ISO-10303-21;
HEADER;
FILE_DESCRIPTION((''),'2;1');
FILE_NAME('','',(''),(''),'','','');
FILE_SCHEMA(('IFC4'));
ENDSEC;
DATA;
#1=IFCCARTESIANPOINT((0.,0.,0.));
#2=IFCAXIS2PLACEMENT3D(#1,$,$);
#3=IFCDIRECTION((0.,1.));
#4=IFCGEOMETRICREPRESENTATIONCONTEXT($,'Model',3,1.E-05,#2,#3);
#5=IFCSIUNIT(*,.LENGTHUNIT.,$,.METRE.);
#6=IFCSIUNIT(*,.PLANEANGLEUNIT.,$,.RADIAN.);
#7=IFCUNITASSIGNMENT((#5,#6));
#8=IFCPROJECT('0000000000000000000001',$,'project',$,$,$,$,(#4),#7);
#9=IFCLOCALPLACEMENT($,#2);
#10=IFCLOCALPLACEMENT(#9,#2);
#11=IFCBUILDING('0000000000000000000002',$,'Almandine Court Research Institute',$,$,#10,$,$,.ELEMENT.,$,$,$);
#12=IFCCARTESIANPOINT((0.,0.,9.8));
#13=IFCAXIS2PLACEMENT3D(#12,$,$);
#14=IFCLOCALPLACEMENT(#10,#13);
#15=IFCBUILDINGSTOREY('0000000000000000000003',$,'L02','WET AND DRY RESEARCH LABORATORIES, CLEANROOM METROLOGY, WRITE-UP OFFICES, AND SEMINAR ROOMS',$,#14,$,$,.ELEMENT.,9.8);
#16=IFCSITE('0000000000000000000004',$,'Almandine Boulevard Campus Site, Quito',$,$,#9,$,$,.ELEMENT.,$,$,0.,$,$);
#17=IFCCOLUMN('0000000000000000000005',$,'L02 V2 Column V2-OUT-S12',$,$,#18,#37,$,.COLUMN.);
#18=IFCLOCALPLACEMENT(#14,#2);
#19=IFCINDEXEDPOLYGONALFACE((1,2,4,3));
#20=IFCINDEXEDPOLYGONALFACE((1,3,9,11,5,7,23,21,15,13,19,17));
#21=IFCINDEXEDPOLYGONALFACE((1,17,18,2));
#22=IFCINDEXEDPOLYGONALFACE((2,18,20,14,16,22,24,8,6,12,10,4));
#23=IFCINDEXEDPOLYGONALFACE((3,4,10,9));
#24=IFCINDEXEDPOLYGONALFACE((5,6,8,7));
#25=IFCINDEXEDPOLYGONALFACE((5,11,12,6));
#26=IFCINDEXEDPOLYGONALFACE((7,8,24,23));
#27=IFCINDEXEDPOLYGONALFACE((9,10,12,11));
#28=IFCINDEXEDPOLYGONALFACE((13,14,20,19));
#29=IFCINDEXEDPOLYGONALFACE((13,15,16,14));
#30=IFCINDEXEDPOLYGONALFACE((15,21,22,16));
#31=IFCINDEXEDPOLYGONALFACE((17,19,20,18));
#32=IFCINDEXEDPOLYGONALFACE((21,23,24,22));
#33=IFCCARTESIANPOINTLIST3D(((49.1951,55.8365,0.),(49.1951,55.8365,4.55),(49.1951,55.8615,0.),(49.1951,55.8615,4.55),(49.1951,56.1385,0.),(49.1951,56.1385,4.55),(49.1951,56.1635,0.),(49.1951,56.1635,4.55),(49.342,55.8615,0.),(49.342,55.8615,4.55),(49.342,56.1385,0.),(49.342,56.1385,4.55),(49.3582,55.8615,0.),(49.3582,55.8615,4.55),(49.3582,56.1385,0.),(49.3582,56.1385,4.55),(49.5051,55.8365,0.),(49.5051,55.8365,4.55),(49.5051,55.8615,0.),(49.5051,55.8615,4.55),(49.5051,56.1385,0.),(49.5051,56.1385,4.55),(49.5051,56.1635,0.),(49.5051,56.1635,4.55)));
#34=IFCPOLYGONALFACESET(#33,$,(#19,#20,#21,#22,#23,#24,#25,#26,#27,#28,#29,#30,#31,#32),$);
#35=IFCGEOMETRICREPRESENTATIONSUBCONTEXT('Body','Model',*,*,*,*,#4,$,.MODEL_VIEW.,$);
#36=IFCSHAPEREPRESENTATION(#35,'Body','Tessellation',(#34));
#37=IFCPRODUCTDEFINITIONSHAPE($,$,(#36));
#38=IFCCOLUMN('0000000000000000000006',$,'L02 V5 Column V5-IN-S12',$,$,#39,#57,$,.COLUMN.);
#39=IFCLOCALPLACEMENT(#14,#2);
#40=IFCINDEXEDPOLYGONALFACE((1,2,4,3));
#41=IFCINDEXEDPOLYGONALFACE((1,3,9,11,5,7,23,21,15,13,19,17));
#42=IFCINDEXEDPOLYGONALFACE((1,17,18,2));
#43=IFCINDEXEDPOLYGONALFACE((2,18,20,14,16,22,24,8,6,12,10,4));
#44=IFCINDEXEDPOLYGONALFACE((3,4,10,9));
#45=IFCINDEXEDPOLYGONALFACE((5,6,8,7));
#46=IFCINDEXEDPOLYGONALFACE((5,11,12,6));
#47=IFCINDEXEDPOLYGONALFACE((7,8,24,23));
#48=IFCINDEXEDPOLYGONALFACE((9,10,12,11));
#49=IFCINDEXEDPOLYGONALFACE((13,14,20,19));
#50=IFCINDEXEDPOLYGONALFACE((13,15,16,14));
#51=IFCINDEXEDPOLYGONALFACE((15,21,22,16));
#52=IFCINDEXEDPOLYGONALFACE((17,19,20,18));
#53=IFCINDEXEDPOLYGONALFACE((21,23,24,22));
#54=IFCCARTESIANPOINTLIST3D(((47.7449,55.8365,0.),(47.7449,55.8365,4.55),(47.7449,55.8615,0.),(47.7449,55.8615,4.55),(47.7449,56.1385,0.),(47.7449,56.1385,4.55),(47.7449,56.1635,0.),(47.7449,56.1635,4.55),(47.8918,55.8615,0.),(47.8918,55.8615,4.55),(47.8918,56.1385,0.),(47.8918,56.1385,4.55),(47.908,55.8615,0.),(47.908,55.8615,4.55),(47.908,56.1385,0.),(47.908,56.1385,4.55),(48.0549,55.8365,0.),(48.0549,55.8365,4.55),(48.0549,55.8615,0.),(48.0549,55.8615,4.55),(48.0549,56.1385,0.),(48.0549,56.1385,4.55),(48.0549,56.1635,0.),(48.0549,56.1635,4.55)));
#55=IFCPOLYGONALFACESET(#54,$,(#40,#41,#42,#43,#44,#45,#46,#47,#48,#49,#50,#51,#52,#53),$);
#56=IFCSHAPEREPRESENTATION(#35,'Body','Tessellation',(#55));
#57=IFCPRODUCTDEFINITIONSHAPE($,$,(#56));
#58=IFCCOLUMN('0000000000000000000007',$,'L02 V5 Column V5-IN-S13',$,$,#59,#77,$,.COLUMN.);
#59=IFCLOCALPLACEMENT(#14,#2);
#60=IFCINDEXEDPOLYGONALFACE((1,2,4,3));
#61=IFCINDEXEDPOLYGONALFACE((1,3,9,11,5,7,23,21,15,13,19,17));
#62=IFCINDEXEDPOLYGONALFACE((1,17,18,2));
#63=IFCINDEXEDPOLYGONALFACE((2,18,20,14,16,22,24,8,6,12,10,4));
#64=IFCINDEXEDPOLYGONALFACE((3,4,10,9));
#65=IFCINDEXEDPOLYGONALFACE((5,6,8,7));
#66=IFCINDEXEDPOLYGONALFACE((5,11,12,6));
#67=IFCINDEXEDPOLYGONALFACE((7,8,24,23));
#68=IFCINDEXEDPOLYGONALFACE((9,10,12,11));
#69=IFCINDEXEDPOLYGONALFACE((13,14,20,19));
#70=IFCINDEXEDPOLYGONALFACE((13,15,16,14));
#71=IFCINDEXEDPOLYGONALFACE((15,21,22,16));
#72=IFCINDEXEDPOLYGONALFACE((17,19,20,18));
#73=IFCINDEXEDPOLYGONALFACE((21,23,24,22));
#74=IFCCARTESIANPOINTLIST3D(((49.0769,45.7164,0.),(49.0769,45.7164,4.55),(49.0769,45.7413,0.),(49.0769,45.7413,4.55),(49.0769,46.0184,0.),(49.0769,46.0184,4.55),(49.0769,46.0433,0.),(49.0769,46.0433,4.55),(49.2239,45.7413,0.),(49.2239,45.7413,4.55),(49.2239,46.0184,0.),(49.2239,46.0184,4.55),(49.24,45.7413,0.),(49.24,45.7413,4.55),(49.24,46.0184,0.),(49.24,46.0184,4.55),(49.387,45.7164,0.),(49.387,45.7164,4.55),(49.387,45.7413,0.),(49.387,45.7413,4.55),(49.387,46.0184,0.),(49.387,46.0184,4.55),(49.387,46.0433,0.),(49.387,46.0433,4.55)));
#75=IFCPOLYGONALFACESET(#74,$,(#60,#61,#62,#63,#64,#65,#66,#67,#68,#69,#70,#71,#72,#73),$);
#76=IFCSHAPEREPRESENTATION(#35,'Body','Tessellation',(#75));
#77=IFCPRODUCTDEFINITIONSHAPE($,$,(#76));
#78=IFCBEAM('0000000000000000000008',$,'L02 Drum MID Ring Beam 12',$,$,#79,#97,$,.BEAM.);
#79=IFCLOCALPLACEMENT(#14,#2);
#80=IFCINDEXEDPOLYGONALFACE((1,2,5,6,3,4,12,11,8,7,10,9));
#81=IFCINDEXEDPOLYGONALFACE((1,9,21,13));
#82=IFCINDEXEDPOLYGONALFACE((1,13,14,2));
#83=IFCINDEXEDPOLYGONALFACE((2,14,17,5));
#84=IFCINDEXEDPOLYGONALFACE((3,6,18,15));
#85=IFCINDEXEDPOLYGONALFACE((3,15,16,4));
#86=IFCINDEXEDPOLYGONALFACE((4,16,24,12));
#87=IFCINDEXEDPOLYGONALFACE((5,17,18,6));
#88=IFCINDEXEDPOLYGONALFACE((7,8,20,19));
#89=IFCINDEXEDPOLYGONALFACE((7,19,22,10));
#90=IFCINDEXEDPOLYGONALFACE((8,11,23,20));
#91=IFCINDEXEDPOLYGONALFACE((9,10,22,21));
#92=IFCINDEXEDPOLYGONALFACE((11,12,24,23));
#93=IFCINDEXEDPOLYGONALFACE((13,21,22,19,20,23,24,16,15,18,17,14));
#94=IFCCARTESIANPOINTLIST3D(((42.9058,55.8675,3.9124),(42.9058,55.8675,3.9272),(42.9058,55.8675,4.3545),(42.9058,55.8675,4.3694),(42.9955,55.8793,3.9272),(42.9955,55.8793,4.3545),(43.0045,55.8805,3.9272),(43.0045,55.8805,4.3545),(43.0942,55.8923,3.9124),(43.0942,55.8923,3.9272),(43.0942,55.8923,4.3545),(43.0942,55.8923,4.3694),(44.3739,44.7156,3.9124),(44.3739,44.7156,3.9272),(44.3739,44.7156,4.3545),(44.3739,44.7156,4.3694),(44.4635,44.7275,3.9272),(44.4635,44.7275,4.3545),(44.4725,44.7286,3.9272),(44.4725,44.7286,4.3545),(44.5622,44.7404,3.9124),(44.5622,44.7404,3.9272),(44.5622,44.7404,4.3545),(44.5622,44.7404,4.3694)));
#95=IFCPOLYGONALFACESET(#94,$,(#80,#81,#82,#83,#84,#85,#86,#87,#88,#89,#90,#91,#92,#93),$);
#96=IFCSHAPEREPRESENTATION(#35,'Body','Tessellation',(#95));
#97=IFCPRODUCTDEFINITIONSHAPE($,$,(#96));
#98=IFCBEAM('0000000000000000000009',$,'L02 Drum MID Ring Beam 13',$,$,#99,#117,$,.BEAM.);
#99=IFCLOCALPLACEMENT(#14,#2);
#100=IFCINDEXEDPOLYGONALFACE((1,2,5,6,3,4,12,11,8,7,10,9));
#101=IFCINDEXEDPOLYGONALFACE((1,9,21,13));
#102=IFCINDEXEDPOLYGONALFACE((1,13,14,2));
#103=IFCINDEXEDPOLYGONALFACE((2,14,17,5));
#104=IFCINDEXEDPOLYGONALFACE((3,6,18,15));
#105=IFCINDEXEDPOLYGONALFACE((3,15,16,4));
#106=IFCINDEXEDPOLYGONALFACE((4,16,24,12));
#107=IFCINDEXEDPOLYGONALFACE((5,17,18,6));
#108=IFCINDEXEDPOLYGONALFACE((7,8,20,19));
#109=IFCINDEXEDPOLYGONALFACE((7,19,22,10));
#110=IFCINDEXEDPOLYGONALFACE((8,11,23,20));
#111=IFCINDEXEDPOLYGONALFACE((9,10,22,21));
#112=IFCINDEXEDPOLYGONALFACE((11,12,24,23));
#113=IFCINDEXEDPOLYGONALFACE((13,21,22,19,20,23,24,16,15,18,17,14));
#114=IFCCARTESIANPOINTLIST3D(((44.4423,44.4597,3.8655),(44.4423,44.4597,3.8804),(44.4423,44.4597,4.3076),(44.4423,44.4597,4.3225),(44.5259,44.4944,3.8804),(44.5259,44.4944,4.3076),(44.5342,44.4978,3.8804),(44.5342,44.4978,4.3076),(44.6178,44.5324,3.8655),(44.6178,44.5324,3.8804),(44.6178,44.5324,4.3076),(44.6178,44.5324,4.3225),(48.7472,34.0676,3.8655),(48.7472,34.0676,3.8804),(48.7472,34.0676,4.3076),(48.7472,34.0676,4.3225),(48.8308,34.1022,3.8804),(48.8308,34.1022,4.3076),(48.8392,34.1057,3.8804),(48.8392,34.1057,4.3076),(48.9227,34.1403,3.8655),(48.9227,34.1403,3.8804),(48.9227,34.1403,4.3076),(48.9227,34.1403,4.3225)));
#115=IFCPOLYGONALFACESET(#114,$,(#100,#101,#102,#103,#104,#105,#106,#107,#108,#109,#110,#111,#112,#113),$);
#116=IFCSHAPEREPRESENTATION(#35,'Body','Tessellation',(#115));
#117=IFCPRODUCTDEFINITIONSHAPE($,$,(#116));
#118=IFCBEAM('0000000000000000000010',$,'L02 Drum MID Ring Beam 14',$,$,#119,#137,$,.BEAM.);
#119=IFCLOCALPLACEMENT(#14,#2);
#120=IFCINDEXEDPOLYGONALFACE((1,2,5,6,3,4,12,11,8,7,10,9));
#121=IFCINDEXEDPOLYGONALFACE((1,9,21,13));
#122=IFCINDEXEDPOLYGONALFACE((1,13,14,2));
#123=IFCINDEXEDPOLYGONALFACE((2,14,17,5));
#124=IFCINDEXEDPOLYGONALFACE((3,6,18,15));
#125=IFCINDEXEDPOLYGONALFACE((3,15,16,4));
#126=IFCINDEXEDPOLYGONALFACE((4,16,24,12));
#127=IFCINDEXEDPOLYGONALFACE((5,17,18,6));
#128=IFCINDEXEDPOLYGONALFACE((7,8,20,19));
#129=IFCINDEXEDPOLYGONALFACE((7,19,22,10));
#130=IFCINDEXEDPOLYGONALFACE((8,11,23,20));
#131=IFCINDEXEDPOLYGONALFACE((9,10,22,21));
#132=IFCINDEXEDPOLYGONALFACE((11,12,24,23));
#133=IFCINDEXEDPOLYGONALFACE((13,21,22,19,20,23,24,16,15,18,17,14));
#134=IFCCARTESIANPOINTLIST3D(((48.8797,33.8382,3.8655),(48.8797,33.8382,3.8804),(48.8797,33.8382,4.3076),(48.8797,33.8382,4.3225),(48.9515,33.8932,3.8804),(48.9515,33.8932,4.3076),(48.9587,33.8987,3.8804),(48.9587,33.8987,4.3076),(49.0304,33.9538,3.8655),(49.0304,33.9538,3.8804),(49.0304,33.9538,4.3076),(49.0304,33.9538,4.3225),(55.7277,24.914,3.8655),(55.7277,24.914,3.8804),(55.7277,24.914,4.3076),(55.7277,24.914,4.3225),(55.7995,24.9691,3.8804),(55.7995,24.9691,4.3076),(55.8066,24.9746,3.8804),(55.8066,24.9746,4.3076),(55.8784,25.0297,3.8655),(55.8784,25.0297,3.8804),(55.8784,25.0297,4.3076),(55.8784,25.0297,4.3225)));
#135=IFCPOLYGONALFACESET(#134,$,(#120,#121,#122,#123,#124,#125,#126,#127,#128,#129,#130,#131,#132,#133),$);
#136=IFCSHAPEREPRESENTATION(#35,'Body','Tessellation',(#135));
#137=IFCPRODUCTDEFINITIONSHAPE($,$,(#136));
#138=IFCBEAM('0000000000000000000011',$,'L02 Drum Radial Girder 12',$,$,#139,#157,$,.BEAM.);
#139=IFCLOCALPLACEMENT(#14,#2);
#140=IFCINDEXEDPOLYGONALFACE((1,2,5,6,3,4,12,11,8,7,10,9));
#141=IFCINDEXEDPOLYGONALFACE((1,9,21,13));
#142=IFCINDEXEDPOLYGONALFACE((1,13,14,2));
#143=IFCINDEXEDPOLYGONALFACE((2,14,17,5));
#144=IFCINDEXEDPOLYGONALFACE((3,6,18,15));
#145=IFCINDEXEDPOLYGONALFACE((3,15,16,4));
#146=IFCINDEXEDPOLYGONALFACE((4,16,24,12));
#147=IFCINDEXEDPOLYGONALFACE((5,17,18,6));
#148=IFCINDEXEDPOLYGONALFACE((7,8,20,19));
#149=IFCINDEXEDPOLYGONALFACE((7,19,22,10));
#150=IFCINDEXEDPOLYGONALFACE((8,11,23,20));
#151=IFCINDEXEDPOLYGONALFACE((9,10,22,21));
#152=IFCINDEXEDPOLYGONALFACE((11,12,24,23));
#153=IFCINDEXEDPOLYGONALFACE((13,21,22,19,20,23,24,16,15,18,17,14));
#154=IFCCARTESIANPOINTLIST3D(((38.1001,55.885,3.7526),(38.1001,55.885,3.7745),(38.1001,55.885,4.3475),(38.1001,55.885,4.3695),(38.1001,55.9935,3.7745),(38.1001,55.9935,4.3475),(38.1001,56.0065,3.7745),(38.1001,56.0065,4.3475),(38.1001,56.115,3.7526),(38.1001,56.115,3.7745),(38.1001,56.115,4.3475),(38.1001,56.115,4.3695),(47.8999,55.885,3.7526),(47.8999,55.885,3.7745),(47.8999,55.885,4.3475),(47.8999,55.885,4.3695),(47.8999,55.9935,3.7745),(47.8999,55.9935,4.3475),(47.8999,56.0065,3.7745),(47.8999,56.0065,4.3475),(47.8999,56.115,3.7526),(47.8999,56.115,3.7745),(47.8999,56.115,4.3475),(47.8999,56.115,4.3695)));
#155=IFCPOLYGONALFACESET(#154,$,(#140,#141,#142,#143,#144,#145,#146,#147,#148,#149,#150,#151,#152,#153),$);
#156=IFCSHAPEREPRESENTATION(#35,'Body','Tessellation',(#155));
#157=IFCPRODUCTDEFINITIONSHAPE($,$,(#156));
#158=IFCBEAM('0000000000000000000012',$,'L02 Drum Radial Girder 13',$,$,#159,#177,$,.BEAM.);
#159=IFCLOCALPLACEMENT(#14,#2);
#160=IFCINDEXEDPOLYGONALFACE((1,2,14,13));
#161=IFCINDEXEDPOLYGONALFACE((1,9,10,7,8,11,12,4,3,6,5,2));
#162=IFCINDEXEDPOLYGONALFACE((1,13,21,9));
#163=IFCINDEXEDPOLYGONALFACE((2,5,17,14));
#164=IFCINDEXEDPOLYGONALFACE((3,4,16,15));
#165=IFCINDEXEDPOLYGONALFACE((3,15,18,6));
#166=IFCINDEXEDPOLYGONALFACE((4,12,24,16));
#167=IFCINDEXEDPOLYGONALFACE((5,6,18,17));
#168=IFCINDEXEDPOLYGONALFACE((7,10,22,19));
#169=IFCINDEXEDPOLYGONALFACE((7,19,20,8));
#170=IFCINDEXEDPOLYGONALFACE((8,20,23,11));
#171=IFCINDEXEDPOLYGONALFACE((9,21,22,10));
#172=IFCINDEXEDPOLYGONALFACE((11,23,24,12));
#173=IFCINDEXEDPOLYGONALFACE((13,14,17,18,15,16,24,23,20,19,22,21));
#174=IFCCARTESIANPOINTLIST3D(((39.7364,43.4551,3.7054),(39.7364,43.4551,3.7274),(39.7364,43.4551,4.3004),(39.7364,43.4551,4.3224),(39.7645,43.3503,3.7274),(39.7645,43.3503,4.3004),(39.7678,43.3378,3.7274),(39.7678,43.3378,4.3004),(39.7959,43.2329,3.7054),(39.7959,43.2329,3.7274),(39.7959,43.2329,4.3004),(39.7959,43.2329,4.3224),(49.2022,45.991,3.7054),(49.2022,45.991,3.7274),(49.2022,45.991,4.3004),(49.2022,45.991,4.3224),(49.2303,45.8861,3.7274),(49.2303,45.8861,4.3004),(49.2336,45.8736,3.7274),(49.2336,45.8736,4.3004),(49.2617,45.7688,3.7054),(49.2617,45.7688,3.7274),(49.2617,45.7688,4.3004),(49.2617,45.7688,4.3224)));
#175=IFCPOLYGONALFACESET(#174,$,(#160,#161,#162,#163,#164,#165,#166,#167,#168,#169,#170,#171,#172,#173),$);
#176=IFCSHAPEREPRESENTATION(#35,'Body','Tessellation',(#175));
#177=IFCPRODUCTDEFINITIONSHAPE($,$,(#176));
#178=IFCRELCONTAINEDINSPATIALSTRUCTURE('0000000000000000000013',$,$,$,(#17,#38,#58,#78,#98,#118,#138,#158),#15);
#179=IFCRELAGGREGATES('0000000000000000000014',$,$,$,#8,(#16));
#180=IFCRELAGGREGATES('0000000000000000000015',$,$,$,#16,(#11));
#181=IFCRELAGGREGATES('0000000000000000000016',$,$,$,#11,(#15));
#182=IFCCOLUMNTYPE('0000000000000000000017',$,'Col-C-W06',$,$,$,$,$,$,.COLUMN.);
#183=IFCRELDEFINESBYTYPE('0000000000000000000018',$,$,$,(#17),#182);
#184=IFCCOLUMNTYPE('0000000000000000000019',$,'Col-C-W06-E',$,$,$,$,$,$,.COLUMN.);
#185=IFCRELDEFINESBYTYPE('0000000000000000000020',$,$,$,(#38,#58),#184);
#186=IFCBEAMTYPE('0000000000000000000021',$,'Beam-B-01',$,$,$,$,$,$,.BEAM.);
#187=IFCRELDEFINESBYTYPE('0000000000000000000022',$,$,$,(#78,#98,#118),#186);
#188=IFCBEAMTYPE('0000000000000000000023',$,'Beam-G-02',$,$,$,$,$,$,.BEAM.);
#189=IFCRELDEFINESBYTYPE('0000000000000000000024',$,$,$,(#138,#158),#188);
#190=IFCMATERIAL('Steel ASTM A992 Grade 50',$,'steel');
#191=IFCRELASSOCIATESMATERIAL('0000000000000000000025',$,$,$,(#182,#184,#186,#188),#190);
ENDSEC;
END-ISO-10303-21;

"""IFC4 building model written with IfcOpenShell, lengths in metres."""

from ifc_helpers import new_model, si_unit, direction, frame, origin, origin_2d, place, context, subcontext, project, spatial, i_section, extrude, material, material_profile, profile_set, type_object, element, save


model = new_model("IFC4")

# Units and contexts
model_context = context("Model", 3, precision=1e-05, world=origin(), true_north=direction((0.0, 1.0)))
body_context = subcontext(model_context, "Body", "Model", "MODEL_VIEW")
ifc_project = project(units=[si_unit("LENGTHUNIT", "METRE"), si_unit("PLANEANGLEUNIT", "RADIAN")], contexts=[model_context])

# Site, building, storey
site_placement = place(None, origin())
site = spatial("IfcSite", under=ifc_project, at=site_placement, Name="Almandine Boulevard Campus Site, Quito", CompositionType="ELEMENT", RefElevation=0.0)
building_placement = place(site_placement, origin())
building = spatial("IfcBuilding", under=site, at=building_placement, Name="Almandine Court Research Institute", CompositionType="ELEMENT")
storey_placement = place(building_placement, frame((0.0, 0.0, 9.8)))
storey = spatial("IfcBuildingStorey", under=building, at=storey_placement, Name="L02", Description="WET AND DRY RESEARCH LABORATORIES, CLEANROOM METROLOGY, WRITE-UP OFFICES, AND SEMINAR ROOMS", CompositionType="ELEMENT", Elevation=9.8)

# Columns
ifc_material_1 = material(Name="Steel ASTM A992 Grade 50", Category="steel")
ifc_material_profile_1 = material_profile(ifc_material_1, i_section(OverallWidth=0.3101, OverallDepth=0.3269, WebThickness=0.0161, FlangeThickness=0.0249, at=origin_2d()), Name="W310x158")
ifc_profile_set_1 = profile_set([ifc_material_profile_1], Name="Steel ASTM A992 Grade 50")
column_type_1 = type_object("IfcColumnType", Name="Col-C-W06", PredefinedType="COLUMN", material=ifc_profile_set_1)
column_placement = place(storey_placement, frame((49.3501, 56.0, 0.0), z_axis=(0.0, 0.0, 1.0), x_axis=(1.0, 0.0, 0.0)))
element("IfcColumn", 1, at=column_placement, inside=storey, type_object=column_type_1, Name="L02 V2 Column V2-OUT-S12", PredefinedType="COLUMN", context=body_context, shape_type="SweptSolid", body=[
    extrude(i_section(OverallWidth=0.3101, OverallDepth=0.3269, WebThickness=0.0161, FlangeThickness=0.0249, at=origin_2d()), origin(), (0.0, 0.0, 1.0), 4.55),
])
ifc_material_profile_2 = material_profile(ifc_material_1, i_section(OverallWidth=0.3101, OverallDepth=0.3269, WebThickness=0.0161, FlangeThickness=0.0249, at=origin_2d()), Name="W310x158")
ifc_profile_set_2 = profile_set([ifc_material_profile_2], Name="Steel ASTM A992 Grade 50")
column_type_2 = type_object("IfcColumnType", Name="Col-C-W06-E", PredefinedType="COLUMN", material=ifc_profile_set_2)
for number, where, z_axis, x_axis, name in (
    (2, (47.8999, 56.0, 0.0), (0.0, 0.0, 1.0), (1.0, 0.0, 0.0), "L02 V5 Column V5-IN-S12"),
    (3, (49.2319, 45.8799, 0.0), (0.0, 0.0, 1.0), (1.0, 0.0, 0.0), "L02 V5 Column V5-IN-S13"),
):
    element("IfcColumn", number, at=place(storey_placement, frame(where, z_axis=z_axis, x_axis=x_axis)), inside=storey, type_object=column_type_2, Name=name, PredefinedType="COLUMN", context=body_context, shape_type="SweptSolid", body=[
        extrude(i_section(OverallWidth=0.3101, OverallDepth=0.3269, WebThickness=0.0161, FlangeThickness=0.0249, at=origin_2d()), origin(), (0.0, 0.0, 1.0), 4.55),
    ])

# Beams
ifc_material_profile_3 = material_profile(ifc_material_1, i_section(OverallWidth=0.1899, OverallDepth=0.457, WebThickness=0.009, FlangeThickness=0.0149, at=origin_2d()), Name="W460x74")
ifc_profile_set_3 = profile_set([ifc_material_profile_3], Name="Steel ASTM A992 Grade 50")
beam_type_1 = type_object("IfcBeamType", Name="Beam-B-01", PredefinedType="BEAM", material=ifc_profile_set_3)
beam_1_placement = place(storey_placement, frame((43.0, 55.8799, 4.1409), z_axis=(0.130513, -0.991447, 0.0), x_axis=(0.991447, 0.130513, 0.0)))
element("IfcBeam", 4, at=beam_1_placement, inside=storey, type_object=beam_type_1, Name="L02 Drum MID Ring Beam 12", PredefinedType="BEAM", context=body_context, shape_type="SweptSolid", body=[
    extrude(i_section(OverallWidth=0.1899, OverallDepth=0.457, WebThickness=0.009, FlangeThickness=0.0149, at=origin_2d()), origin(), (0.0, 0.0, 1.0), 11.248),
])
beam_2_placement = place(storey_placement, frame((44.53, 44.4961, 4.094), z_axis=(0.382713, -0.923867, 0.0), x_axis=(0.923867, 0.382713, 0.0)))
element("IfcBeam", 5, at=beam_2_placement, inside=storey, type_object=beam_type_1, Name="L02 Drum MID Ring Beam 13", PredefinedType="BEAM", context=body_context, shape_type="SweptSolid", body=[
    extrude(i_section(OverallWidth=0.1899, OverallDepth=0.457, WebThickness=0.009, FlangeThickness=0.0149, at=origin_2d()), origin(), (0.0, 0.0, 1.0), 11.2485),
])
beam_3_placement = place(storey_placement, frame((48.9551, 33.896, 4.094), z_axis=(0.608774, -0.793344, 0.0), x_axis=(0.793344, 0.608774, 0.0)))
element("IfcBeam", 6, at=beam_3_placement, inside=storey, type_object=beam_type_1, Name="L02 Drum MID Ring Beam 14", PredefinedType="BEAM", context=body_context, shape_type="SweptSolid", body=[
    extrude(i_section(OverallWidth=0.1899, OverallDepth=0.457, WebThickness=0.009, FlangeThickness=0.0149, at=origin_2d()), origin(), (0.0, 0.0, 1.0), 11.2488),
])
ifc_material_profile_4 = material_profile(ifc_material_1, i_section(OverallWidth=0.23, OverallDepth=0.6169, WebThickness=0.0129, FlangeThickness=0.022, at=origin_2d()), Name="W610x140")
ifc_profile_set_4 = profile_set([ifc_material_profile_4], Name="Steel ASTM A992 Grade 50")
beam_type_2 = type_object("IfcBeamType", Name="Beam-G-02", PredefinedType="BEAM", material=ifc_profile_set_4)
beam_4_placement = place(storey_placement, frame((47.8999, 56.0, 4.061), z_axis=(-1.0, 0.0, 0.0), x_axis=(0.0, -1.0, 0.0)))
element("IfcBeam", 7, at=beam_4_placement, inside=storey, type_object=beam_type_2, Name="L02 Drum Radial Girder 12", PredefinedType="BEAM", context=body_context, shape_type="SweptSolid", body=[
    extrude(i_section(OverallWidth=0.23, OverallDepth=0.6169, WebThickness=0.0129, FlangeThickness=0.022, at=origin_2d()), origin(), (0.0, 0.0, 1.0), 9.7998),
])
beam_5_placement = place(storey_placement, frame((49.2319, 45.8799, 4.0139), z_axis=(-0.965938, -0.258774, 0.0), x_axis=(0.258774, -0.965938, 0.0)))
element("IfcBeam", 8, at=beam_5_placement, inside=storey, type_object=beam_type_2, Name="L02 Drum Radial Girder 13", PredefinedType="BEAM", context=body_context, shape_type="SweptSolid", body=[
    extrude(i_section(OverallWidth=0.23, OverallDepth=0.6169, WebThickness=0.0129, FlangeThickness=0.022, at=origin_2d()), origin(), (0.0, 0.0, 1.0), 9.7996),
])

save(model, "model.ifc")
